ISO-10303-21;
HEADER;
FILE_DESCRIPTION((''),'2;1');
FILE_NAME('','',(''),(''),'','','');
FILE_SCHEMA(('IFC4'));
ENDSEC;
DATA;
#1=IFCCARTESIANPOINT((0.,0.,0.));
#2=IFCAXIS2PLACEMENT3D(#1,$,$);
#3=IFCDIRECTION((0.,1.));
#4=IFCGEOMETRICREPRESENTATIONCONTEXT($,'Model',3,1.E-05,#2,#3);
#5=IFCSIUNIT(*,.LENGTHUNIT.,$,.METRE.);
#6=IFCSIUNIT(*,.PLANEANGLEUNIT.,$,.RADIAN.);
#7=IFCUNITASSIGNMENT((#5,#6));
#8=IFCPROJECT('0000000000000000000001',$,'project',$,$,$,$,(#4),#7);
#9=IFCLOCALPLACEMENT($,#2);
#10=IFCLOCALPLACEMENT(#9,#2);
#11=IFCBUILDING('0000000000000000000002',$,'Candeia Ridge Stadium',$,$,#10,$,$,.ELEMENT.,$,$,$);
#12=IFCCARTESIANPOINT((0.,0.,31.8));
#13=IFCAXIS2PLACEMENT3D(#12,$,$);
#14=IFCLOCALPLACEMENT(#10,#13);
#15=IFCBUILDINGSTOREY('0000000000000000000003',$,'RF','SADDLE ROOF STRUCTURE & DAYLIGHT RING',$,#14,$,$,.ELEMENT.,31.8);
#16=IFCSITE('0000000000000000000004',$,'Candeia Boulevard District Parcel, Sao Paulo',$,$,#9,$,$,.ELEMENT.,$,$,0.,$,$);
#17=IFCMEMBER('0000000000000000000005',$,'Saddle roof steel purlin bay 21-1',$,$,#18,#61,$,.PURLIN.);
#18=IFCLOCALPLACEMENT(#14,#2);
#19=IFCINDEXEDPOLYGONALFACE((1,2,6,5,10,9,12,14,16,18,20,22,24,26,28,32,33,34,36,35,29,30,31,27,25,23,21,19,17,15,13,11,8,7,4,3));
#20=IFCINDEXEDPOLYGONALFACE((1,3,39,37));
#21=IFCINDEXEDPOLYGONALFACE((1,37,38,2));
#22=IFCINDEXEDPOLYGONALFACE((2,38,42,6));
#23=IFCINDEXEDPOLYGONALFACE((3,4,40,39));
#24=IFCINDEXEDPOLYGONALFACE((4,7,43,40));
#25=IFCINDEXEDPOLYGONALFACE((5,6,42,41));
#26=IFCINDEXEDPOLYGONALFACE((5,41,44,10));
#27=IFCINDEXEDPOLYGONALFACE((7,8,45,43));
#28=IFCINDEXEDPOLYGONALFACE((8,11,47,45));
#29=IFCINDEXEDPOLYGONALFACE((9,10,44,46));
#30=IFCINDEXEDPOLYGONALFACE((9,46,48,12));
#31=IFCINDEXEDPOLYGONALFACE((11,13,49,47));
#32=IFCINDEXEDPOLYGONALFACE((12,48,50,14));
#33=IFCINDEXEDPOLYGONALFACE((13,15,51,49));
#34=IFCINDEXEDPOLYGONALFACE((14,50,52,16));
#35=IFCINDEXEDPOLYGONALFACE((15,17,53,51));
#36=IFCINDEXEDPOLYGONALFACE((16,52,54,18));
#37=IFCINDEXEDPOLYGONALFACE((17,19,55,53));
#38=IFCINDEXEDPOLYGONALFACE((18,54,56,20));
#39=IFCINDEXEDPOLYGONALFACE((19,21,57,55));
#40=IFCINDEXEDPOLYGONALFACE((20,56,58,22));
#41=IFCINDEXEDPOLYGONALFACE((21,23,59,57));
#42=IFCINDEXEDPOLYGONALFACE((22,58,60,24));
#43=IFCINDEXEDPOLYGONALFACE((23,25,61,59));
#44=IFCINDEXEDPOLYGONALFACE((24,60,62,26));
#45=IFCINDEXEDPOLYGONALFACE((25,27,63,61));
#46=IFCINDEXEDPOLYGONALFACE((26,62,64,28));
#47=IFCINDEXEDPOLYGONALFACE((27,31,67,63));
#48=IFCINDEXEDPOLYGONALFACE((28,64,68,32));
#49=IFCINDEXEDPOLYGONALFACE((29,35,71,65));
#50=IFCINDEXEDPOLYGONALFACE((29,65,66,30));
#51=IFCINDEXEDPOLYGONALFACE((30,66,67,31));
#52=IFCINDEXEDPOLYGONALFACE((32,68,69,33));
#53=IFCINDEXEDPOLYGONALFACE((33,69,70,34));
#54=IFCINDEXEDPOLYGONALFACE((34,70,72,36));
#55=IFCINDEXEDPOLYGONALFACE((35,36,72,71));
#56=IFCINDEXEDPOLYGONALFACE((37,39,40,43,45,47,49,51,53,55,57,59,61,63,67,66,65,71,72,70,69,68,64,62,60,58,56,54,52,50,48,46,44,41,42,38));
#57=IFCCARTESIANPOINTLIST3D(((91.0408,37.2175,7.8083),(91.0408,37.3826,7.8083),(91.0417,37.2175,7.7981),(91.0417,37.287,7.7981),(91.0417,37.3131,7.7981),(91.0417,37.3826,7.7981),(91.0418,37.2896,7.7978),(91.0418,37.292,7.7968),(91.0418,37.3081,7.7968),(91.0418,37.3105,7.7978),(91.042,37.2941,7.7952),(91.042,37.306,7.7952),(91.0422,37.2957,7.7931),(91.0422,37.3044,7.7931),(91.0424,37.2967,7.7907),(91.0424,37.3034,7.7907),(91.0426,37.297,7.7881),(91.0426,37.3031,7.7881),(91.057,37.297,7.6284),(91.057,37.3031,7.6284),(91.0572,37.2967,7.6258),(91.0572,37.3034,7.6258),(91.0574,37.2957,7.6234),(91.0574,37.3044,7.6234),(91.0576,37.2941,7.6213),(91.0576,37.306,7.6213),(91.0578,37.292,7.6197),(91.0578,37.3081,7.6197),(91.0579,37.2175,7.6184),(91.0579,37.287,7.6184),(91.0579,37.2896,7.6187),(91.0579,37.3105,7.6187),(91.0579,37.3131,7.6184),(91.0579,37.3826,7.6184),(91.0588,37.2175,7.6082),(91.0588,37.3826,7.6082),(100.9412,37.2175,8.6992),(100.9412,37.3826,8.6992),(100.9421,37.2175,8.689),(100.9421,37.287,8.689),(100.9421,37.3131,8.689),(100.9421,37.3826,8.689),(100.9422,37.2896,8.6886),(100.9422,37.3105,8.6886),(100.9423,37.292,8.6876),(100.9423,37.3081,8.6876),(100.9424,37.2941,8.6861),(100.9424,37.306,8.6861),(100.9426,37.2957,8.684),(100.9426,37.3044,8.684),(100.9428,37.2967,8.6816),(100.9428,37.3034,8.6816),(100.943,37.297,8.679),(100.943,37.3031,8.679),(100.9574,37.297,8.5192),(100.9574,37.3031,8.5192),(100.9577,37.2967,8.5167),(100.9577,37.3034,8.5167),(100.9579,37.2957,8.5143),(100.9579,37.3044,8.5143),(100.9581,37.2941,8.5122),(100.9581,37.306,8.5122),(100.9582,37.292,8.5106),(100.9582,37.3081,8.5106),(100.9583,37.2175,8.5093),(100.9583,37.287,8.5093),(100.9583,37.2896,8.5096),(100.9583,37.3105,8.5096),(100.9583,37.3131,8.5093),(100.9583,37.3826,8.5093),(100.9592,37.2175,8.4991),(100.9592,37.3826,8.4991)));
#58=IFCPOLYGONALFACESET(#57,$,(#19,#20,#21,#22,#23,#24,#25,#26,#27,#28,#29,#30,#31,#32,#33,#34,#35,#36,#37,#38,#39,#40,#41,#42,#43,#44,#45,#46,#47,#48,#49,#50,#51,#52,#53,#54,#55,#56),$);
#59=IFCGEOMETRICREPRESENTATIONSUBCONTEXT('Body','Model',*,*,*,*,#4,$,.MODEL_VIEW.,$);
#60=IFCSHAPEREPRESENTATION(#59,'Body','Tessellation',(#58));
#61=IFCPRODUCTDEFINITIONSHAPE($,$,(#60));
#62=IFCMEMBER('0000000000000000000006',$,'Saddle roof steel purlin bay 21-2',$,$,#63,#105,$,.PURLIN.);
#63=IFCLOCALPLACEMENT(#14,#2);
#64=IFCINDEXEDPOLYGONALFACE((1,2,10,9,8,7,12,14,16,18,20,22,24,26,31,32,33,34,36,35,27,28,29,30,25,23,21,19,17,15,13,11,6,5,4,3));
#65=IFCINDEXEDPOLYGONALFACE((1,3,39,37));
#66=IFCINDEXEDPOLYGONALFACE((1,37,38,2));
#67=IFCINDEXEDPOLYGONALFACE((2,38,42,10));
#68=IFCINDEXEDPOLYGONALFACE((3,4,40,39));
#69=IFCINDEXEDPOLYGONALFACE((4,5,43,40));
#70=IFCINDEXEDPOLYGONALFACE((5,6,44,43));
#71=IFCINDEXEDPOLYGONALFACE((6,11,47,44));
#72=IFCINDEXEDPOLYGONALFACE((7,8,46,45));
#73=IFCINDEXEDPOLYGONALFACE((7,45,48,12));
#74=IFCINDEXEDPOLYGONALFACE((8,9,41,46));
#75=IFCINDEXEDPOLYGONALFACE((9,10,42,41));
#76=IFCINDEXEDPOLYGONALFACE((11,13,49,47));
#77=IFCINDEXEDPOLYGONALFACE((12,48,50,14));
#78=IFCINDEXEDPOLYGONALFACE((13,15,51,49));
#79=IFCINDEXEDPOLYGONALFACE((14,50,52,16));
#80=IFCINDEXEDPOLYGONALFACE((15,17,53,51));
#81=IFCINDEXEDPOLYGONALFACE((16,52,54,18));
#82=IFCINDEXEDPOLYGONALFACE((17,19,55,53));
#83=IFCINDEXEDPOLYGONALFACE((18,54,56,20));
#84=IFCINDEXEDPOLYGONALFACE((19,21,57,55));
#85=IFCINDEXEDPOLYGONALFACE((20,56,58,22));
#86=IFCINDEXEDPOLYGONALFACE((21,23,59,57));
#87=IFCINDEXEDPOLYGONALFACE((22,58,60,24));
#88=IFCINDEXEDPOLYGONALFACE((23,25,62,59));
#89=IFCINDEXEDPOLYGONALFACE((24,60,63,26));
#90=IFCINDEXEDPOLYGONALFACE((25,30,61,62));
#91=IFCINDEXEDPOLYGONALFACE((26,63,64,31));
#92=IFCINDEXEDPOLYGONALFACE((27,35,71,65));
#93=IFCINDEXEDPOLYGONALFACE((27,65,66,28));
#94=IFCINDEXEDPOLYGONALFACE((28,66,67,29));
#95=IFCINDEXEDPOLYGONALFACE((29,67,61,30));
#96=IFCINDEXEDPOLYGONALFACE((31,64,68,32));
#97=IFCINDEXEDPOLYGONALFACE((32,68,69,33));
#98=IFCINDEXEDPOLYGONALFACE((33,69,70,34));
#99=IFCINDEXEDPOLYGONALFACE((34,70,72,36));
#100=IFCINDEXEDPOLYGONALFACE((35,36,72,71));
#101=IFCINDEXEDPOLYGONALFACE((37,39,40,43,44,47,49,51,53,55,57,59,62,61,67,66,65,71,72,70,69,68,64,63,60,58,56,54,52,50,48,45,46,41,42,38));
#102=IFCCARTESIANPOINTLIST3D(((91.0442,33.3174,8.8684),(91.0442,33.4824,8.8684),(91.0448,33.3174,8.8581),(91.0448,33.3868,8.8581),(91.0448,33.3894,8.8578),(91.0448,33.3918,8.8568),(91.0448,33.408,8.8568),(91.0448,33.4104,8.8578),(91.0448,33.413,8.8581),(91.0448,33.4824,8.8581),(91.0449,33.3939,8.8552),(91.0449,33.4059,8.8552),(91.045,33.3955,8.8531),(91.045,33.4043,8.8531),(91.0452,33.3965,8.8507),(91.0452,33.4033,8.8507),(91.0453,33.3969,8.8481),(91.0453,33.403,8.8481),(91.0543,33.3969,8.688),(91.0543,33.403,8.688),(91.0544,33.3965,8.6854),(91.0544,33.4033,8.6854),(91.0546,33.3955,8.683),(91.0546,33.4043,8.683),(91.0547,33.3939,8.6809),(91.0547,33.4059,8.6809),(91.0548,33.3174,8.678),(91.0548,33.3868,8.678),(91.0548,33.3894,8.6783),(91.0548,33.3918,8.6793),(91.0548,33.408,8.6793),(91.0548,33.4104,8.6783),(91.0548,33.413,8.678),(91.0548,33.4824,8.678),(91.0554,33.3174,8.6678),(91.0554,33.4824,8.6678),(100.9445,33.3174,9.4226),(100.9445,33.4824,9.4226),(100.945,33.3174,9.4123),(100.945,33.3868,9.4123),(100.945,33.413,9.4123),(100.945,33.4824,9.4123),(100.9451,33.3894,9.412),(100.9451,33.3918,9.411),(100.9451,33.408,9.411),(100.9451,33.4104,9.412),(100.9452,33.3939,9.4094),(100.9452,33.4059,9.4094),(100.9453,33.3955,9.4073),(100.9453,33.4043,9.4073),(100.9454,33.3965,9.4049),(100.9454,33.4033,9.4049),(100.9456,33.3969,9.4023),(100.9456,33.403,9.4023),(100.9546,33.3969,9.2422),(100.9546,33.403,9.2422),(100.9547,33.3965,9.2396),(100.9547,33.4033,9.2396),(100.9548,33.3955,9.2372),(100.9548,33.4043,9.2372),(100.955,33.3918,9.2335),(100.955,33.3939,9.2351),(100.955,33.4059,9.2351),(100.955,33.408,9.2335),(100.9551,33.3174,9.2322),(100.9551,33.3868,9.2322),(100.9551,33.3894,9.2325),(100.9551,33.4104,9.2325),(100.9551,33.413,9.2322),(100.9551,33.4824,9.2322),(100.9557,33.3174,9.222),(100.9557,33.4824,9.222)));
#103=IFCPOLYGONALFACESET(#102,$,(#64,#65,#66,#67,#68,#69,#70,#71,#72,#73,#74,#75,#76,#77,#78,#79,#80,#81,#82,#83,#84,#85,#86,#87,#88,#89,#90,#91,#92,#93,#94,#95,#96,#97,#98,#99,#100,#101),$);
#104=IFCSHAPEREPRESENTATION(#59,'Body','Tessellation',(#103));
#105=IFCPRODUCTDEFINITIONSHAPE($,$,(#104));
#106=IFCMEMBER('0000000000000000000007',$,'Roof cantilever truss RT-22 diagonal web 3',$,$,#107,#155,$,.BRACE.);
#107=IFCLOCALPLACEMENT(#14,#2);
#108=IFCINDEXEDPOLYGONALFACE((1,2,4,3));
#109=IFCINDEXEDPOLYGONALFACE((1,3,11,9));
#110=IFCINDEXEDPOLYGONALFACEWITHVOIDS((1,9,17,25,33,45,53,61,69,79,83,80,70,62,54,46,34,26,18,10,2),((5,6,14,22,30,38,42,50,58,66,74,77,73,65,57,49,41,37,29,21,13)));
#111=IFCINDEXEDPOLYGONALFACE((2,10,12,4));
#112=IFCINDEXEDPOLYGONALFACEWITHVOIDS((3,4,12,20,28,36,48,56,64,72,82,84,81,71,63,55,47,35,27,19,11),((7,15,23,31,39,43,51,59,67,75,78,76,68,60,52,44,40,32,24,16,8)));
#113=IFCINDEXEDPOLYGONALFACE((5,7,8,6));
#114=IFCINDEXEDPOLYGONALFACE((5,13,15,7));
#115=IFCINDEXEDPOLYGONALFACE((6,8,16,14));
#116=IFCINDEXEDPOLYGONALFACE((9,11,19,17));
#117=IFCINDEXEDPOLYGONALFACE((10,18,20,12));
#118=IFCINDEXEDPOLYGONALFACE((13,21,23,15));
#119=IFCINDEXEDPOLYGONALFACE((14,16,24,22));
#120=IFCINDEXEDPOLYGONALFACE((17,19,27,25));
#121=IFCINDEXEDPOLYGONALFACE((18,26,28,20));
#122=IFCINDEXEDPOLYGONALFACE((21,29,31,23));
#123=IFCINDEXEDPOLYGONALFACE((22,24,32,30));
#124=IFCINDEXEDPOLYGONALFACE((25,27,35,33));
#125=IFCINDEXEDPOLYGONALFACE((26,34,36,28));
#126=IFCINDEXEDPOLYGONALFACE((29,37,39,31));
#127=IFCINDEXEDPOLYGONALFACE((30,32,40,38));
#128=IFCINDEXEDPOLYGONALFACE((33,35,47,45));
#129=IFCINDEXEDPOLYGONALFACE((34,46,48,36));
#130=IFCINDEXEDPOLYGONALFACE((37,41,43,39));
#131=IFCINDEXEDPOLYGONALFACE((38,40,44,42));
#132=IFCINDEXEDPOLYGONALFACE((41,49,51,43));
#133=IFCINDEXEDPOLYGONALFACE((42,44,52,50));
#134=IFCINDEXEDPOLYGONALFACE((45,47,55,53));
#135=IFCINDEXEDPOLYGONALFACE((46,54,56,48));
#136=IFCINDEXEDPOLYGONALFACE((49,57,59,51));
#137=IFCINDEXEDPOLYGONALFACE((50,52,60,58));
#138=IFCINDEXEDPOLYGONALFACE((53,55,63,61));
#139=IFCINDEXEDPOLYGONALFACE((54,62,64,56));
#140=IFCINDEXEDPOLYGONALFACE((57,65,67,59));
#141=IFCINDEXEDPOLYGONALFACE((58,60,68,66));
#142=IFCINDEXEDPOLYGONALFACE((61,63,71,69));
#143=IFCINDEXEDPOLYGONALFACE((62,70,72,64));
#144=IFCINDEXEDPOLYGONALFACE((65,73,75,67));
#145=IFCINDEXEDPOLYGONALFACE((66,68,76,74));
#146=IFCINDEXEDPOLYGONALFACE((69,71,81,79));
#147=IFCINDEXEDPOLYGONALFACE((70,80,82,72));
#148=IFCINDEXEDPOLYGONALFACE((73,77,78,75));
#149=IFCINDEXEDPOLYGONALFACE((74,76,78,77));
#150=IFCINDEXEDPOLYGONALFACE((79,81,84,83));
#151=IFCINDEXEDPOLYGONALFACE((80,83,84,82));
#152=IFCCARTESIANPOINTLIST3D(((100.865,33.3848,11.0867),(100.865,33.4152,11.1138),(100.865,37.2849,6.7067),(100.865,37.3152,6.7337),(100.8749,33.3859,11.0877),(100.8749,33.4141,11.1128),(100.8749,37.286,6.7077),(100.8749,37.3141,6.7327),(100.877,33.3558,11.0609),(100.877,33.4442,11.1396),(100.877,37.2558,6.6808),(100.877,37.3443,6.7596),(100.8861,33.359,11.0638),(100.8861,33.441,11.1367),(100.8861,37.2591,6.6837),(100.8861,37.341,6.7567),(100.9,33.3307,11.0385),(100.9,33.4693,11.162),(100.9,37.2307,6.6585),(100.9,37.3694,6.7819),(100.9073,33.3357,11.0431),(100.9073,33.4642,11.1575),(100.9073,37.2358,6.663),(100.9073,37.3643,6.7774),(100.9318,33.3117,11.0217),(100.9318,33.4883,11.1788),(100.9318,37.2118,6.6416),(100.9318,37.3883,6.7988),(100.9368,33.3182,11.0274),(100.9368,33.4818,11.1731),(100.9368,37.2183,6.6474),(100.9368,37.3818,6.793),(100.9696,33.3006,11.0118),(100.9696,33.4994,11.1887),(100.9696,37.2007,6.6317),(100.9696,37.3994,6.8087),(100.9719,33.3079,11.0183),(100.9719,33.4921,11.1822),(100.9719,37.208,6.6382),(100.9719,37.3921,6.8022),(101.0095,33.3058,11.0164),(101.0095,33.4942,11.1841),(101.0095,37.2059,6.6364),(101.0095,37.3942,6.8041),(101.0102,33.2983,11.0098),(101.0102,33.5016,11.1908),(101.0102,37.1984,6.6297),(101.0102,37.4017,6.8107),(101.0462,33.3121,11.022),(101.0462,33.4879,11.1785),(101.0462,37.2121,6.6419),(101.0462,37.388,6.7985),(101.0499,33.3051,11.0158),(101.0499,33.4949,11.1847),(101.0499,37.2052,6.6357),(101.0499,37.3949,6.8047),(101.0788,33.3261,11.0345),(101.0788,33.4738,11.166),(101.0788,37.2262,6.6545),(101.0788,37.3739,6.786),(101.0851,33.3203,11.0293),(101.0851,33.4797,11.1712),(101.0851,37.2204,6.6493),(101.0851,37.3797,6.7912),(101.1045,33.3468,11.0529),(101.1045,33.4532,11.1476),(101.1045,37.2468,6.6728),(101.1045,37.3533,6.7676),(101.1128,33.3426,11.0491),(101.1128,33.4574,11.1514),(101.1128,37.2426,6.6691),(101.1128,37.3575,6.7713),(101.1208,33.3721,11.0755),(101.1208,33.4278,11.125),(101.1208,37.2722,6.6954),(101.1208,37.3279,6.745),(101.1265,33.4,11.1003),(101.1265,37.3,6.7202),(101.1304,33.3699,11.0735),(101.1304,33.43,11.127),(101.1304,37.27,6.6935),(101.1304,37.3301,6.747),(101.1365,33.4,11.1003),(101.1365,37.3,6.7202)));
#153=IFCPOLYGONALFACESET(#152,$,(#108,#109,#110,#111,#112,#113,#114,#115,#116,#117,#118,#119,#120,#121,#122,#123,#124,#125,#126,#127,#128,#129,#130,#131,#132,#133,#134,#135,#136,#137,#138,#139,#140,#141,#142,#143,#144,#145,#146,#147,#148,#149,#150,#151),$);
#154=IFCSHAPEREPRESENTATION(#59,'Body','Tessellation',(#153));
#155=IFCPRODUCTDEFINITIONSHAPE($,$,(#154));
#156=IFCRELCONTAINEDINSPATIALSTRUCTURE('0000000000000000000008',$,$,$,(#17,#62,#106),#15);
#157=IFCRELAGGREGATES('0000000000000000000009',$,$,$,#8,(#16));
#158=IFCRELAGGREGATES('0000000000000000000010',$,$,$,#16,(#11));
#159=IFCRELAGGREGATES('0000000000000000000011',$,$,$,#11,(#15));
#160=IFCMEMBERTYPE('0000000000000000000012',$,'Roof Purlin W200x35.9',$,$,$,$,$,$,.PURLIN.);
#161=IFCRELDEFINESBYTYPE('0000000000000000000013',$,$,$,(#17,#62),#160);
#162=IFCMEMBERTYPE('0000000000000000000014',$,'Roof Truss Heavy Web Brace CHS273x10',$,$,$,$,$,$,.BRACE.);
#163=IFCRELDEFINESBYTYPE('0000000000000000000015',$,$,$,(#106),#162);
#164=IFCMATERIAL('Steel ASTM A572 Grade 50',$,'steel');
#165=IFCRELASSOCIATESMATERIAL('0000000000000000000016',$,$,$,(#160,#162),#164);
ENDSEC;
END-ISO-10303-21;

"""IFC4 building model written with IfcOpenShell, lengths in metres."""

from ifc_helpers import new_model, si_unit, direction, frame, origin, origin_2d, place, context, subcontext, project, spatial, hollow_circle, i_section, extrude, material, material_profile, profile_set, type_object, element, save


model = new_model("IFC4")

# Units and contexts
model_context = context("Model", 3, precision=1e-05, world=origin(), true_north=direction((0.0, 1.0)))
body_context = subcontext(model_context, "Body", "Model", "MODEL_VIEW")
ifc_project = project(units=[si_unit("LENGTHUNIT", "METRE"), si_unit("PLANEANGLEUNIT", "RADIAN")], contexts=[model_context])

# Site, building, storey
site_placement = place(None, origin())
site = spatial("IfcSite", under=ifc_project, at=site_placement, Name="Candeia Boulevard District Parcel, Sao Paulo", CompositionType="ELEMENT", RefElevation=0.0)
building_placement = place(site_placement, origin())
building = spatial("IfcBuilding", under=site, at=building_placement, Name="Candeia Ridge Stadium", CompositionType="ELEMENT")
storey_placement = place(building_placement, frame((0.0, 0.0, 31.8)))
storey = spatial("IfcBuildingStorey", under=building, at=storey_placement, Name="RF", Description="SADDLE ROOF STRUCTURE & DAYLIGHT RING", CompositionType="ELEMENT", Elevation=31.8)

# Shared definitions
ifc_material_1 = material(Name="Steel ASTM A572 Grade 50", Category="steel")

# Members
ifc_material_profile_1 = material_profile(ifc_material_1, i_section(OverallWidth=0.165, OverallDepth=0.2009, WebThickness=0.0061, FlangeThickness=0.0103, FilletRadius=0.01, at=origin_2d()), Name="W200x35.9", Category="steel")
ifc_profile_set_1 = profile_set([ifc_material_profile_1], Name="Steel ASTM A572 Grade 50")
member_type_1 = type_object("IfcMemberType", Name="Roof Purlin W200x35.9", PredefinedType="PURLIN", material=ifc_profile_set_1)
member_1_placement = place(storey_placement, frame((91.0498, 37.3, 7.7083), z_axis=(0.995976, 0.0, 0.089621), x_axis=(0.0, 1.0, 0.0)))
element("IfcMember", 1, at=member_1_placement, inside=storey, type_object=member_type_1, Name="Saddle roof steel purlin bay 21-1", PredefinedType="PURLIN", context=body_context, shape_type="SweptSolid", body=[
    extrude(i_section(OverallWidth=0.165, OverallDepth=0.2009, WebThickness=0.0061, FlangeThickness=0.0103, FilletRadius=0.01, at=origin_2d()), origin(), (0.0, 0.0, 1.0), 9.9404),
])
member_2_placement = place(storey_placement, frame((91.0498, 33.3999, 8.7681), z_axis=(0.998437, 0.0, 0.05589), x_axis=(0.0, 1.0, 0.0)))
element("IfcMember", 2, at=member_2_placement, inside=storey, type_object=member_type_1, Name="Saddle roof steel purlin bay 21-2", PredefinedType="PURLIN", context=body_context, shape_type="SweptSolid", body=[
    extrude(i_section(OverallWidth=0.165, OverallDepth=0.2009, WebThickness=0.0061, FlangeThickness=0.0103, FilletRadius=0.01, at=origin_2d()), origin(), (0.0, 0.0, 1.0), 9.9158),
])
ifc_material_profile_2 = material_profile(ifc_material_1, hollow_circle(Radius=0.1365, WallThickness=0.01, at=origin_2d()), Name="CHS273x10", Category="steel")
ifc_profile_set_2 = profile_set([ifc_material_profile_2], Name="Steel ASTM A572 Grade 50")
member_type_2 = type_object("IfcMemberType", Name="Roof Truss Heavy Web Brace CHS273x10", PredefinedType="BRACE", material=ifc_profile_set_2)
member_3_placement = place(storey_placement, frame((101.0, 37.3, 6.7202), z_axis=(0.0, -0.665002, 0.746842), x_axis=(1.0, 0.0, 0.0)))
element("IfcMember", 3, at=member_3_placement, inside=storey, type_object=member_type_2, Name="Roof cantilever truss RT-22 diagonal web 3", PredefinedType="BRACE", context=body_context, shape_type="SweptSolid", body=[
    extrude(hollow_circle(Radius=0.1365, WallThickness=0.01, at=origin_2d()), origin(), (0.0, 0.0, 1.0), 5.8647),
])

save(model, "model.ifc")
